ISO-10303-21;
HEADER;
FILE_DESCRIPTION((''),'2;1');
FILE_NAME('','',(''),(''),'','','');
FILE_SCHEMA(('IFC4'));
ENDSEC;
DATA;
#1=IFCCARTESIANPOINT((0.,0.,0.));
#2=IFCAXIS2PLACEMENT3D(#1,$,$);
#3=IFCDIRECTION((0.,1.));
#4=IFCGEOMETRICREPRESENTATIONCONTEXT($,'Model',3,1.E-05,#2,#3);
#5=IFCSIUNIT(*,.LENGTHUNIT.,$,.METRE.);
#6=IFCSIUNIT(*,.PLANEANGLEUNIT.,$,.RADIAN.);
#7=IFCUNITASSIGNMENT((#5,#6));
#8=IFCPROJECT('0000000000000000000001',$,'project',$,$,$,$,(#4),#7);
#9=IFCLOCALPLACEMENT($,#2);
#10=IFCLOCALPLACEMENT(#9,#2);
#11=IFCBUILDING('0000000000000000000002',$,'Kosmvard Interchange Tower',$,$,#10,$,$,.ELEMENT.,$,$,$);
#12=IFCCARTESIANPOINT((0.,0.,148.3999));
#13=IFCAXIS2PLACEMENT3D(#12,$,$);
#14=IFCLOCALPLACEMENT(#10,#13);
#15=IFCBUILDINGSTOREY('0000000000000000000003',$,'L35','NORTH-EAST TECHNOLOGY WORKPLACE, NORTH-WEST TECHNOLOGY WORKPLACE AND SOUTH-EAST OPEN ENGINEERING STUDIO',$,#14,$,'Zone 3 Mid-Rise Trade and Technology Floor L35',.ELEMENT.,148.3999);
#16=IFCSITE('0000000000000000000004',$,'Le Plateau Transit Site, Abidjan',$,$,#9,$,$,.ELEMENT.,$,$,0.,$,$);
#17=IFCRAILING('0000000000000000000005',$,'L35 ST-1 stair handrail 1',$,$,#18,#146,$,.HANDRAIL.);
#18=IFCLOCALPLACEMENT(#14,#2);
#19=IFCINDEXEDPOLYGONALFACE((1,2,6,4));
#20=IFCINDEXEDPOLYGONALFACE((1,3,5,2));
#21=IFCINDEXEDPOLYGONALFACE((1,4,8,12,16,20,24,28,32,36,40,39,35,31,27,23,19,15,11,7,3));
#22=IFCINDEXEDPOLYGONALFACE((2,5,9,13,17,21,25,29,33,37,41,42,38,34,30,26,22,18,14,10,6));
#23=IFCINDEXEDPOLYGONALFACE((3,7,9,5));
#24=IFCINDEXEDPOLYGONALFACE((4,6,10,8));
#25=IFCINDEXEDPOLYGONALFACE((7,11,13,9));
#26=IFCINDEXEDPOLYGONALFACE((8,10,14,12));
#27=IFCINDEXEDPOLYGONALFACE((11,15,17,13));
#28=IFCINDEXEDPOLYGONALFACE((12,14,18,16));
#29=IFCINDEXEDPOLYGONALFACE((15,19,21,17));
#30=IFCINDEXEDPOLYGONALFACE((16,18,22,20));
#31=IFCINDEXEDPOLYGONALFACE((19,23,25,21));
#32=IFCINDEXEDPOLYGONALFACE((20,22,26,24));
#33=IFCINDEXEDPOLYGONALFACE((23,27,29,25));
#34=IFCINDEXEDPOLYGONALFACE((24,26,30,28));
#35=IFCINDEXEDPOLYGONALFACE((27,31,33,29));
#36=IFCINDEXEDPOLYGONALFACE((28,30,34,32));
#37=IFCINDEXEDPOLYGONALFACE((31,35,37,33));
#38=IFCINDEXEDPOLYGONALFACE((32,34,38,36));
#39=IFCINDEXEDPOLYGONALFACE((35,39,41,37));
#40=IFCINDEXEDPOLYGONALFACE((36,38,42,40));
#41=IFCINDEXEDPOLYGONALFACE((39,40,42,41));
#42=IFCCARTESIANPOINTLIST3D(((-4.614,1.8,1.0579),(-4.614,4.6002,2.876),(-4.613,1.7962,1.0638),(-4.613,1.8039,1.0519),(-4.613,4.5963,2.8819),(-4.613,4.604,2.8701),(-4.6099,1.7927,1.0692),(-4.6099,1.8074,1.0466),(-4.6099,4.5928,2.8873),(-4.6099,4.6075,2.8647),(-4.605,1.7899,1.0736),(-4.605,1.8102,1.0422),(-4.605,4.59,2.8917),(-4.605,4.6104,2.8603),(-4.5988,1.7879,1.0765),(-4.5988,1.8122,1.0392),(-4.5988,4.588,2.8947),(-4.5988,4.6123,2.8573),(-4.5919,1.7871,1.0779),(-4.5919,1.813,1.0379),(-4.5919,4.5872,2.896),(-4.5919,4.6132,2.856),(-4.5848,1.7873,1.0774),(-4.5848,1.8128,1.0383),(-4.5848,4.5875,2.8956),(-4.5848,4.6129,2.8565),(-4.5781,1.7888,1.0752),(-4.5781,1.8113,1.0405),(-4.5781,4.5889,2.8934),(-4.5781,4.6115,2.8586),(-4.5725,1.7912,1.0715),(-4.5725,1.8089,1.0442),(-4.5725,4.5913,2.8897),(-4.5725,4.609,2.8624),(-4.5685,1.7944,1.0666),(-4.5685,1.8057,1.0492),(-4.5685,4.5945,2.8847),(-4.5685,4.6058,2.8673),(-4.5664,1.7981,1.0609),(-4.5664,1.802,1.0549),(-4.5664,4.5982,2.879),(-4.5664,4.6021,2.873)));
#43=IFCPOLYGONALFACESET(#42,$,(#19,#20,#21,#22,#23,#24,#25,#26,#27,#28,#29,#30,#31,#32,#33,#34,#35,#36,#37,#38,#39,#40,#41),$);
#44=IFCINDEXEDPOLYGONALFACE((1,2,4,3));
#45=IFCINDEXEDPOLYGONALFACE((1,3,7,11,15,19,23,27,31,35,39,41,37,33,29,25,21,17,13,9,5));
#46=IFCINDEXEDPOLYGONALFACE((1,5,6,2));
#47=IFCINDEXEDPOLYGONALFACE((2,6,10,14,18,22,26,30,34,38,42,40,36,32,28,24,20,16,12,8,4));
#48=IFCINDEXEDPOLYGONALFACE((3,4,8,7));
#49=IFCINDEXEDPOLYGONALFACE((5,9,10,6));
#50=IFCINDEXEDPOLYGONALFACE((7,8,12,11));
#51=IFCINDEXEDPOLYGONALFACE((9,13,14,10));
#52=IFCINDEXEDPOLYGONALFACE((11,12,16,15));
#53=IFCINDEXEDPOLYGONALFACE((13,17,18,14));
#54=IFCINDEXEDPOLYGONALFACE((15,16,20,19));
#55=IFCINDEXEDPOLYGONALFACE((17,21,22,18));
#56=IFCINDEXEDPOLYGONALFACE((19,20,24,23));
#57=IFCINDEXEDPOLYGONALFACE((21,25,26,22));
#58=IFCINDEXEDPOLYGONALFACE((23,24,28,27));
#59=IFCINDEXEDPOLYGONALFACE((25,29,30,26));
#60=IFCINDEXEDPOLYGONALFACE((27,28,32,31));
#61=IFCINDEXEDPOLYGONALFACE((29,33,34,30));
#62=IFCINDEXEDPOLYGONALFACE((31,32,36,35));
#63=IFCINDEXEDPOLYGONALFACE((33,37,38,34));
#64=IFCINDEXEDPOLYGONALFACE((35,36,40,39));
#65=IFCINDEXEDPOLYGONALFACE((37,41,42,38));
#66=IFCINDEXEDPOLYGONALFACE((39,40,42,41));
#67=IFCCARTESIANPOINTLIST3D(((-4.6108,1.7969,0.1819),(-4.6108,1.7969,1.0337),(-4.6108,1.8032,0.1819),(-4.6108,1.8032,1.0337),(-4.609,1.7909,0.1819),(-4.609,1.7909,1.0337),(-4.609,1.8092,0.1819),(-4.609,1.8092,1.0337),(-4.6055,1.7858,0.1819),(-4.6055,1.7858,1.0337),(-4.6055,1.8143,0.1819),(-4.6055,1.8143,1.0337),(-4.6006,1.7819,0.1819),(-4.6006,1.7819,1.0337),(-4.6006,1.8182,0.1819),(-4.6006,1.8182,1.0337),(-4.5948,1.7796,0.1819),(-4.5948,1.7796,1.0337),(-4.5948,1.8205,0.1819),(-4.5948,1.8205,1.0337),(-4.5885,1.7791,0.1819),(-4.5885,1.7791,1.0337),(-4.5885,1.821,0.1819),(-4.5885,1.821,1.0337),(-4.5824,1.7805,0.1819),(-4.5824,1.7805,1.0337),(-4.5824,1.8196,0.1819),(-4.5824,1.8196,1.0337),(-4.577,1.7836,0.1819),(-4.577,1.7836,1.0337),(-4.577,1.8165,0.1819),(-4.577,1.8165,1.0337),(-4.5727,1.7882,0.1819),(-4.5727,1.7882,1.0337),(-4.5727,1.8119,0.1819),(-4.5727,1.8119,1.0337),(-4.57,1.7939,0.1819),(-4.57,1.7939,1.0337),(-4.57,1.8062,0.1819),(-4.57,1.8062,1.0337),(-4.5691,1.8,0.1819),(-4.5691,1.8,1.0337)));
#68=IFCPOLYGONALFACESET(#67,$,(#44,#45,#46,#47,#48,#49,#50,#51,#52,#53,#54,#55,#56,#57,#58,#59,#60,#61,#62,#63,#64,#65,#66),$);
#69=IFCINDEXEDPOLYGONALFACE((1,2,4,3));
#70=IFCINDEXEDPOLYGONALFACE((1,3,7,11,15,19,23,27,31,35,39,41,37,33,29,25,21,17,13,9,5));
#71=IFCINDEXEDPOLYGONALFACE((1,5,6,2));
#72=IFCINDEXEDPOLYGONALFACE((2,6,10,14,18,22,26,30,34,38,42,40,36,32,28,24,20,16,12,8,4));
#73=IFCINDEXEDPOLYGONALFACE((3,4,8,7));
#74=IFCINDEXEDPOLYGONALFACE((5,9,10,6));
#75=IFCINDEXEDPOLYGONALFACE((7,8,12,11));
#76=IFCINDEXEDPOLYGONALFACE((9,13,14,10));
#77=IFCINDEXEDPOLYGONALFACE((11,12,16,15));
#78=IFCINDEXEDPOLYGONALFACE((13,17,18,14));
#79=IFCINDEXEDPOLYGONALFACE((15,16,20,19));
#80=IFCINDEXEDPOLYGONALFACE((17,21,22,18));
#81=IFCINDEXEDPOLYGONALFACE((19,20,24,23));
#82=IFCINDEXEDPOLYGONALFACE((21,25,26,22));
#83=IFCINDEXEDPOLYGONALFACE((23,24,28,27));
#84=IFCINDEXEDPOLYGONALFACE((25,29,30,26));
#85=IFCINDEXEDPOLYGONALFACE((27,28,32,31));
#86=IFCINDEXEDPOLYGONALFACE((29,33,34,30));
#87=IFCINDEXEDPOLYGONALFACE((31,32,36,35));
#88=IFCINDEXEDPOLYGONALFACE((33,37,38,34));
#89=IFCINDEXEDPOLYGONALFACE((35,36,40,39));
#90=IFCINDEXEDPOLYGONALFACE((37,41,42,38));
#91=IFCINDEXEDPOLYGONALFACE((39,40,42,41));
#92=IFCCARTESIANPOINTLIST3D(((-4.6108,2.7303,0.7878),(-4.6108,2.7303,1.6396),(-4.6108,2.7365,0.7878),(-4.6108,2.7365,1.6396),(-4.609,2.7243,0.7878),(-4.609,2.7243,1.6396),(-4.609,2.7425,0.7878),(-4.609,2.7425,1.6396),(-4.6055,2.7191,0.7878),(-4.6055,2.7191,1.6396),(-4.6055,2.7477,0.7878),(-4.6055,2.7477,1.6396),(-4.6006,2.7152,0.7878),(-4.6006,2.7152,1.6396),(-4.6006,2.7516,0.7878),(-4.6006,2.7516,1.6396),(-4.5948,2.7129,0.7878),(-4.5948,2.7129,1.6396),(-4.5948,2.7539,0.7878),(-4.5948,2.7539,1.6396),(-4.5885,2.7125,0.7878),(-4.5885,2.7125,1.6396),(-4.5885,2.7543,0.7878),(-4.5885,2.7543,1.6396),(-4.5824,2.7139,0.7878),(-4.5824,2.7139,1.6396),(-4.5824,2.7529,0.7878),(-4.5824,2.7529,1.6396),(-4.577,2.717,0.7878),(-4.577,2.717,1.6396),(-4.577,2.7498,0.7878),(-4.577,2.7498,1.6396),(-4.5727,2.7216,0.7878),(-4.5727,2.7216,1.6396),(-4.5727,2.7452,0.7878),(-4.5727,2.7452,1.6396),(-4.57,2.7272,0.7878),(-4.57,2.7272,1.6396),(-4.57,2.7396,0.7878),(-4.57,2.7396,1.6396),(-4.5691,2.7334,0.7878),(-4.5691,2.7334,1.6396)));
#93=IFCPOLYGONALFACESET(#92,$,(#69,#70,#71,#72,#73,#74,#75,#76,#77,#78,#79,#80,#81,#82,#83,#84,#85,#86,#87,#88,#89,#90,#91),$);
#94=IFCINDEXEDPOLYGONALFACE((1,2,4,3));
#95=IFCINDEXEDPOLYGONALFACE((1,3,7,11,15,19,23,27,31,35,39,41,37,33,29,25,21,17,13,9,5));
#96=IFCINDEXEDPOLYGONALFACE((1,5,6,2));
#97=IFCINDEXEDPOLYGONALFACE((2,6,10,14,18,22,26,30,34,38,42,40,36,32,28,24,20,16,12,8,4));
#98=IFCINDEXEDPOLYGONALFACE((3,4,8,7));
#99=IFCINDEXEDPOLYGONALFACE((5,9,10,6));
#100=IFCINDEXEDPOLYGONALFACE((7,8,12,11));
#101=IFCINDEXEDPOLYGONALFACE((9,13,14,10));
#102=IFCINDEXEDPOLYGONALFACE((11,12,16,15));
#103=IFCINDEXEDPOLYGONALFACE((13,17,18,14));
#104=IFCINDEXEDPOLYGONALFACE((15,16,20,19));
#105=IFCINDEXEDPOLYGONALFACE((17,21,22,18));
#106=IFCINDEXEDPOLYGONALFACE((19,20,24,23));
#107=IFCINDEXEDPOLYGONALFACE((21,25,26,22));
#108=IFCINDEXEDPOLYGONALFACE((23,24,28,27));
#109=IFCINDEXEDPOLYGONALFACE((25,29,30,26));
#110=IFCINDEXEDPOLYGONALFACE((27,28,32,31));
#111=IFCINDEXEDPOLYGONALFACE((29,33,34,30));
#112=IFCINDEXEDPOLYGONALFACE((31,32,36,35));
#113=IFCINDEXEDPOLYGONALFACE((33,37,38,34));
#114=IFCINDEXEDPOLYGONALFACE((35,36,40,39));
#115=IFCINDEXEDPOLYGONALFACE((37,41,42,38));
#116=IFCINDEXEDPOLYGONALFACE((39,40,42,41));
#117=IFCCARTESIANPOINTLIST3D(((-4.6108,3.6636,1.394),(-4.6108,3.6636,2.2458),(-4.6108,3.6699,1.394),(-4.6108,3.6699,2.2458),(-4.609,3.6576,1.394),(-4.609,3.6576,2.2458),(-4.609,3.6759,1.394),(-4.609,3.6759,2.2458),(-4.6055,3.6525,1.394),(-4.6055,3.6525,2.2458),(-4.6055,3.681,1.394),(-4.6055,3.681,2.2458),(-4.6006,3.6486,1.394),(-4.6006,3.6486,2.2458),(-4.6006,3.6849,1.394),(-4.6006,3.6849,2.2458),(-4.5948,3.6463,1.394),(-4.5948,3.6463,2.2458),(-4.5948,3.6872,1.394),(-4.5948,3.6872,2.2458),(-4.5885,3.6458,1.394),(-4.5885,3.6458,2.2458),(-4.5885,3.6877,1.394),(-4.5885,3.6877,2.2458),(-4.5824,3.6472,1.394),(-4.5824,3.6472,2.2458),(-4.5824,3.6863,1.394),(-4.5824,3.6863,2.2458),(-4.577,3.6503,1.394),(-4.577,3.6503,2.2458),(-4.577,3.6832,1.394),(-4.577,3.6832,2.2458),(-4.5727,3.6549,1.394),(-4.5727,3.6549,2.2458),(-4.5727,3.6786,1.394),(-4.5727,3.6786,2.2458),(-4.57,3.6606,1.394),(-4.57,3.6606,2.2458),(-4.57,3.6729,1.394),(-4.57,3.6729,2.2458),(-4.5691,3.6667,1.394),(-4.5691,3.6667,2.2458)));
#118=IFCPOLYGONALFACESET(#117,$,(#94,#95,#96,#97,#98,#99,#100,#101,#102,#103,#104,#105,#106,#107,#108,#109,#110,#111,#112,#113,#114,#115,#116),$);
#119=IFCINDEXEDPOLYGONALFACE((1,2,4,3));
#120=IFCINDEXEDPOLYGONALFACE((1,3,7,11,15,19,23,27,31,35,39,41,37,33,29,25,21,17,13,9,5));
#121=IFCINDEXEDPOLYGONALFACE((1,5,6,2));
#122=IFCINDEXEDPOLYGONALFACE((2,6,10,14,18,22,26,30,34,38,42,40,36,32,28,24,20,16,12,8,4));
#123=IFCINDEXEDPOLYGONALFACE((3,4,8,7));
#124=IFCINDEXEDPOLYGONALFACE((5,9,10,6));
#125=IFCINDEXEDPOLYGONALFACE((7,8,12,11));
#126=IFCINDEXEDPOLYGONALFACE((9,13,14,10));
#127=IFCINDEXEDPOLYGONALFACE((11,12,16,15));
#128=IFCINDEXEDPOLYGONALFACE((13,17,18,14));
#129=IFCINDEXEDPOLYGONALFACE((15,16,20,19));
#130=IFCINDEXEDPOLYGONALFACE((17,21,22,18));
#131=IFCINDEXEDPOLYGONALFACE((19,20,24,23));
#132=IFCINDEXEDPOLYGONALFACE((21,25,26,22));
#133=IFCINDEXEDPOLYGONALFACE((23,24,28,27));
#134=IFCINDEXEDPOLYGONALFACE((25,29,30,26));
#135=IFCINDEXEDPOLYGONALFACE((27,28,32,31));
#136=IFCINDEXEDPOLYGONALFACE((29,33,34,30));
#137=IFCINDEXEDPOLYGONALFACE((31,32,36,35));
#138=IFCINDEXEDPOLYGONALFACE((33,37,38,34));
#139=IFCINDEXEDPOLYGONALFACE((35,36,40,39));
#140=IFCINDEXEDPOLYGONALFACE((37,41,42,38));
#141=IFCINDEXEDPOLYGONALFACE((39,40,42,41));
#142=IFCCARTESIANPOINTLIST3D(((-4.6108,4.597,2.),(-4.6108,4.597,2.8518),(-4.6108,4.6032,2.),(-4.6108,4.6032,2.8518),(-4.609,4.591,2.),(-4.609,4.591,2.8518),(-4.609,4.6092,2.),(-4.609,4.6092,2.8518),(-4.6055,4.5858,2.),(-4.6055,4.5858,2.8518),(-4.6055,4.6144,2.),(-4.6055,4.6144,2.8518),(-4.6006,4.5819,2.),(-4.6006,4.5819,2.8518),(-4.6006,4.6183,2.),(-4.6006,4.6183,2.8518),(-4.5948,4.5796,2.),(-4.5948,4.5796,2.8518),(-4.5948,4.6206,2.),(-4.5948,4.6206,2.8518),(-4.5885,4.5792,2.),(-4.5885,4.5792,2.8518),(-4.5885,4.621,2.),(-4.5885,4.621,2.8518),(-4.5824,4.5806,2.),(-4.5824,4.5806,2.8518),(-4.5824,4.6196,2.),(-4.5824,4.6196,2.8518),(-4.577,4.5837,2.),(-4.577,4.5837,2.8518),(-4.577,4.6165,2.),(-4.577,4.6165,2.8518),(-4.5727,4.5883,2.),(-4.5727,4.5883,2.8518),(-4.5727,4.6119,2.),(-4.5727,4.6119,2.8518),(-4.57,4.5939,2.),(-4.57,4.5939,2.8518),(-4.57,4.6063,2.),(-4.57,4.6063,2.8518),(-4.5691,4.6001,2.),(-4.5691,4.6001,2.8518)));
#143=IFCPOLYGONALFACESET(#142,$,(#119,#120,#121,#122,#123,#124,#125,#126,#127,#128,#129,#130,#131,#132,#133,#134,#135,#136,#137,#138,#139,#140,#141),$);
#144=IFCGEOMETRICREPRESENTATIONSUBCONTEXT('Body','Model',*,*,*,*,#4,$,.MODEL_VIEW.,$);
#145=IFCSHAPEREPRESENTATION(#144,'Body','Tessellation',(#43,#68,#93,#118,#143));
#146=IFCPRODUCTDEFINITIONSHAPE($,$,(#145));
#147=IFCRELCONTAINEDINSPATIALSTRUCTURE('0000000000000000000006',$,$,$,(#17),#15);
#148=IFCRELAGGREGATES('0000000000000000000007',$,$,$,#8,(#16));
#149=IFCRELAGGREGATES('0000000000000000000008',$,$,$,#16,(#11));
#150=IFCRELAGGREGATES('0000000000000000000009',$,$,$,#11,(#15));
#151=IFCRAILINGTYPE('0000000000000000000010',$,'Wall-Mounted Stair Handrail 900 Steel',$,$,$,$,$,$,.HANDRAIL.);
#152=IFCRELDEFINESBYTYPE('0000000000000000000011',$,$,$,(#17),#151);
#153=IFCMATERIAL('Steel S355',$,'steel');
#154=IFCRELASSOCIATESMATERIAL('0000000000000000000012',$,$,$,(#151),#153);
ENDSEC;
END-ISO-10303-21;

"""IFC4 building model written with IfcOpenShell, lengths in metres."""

from ifc_helpers import new_model, si_unit, direction, frame, origin, origin_2d, place, context, subcontext, project, spatial, circle, extrude, source, transform, mapped, material, type_object, element, save


model = new_model("IFC4")

# Units and contexts
model_context = context("Model", 3, precision=1e-05, world=origin(), true_north=direction((0.0, 1.0)))
body_context = subcontext(model_context, "Body", "Model", "MODEL_VIEW")
ifc_project = project(units=[si_unit("LENGTHUNIT", "METRE"), si_unit("PLANEANGLEUNIT", "RADIAN")], contexts=[model_context])

# Site, building, storey
site_placement = place(None, origin())
site = spatial("IfcSite", under=ifc_project, at=site_placement, Name="Le Plateau Transit Site, Abidjan", CompositionType="ELEMENT", RefElevation=0.0)
building_placement = place(site_placement, origin())
building = spatial("IfcBuilding", under=site, at=building_placement, Name="Kosmvard Interchange Tower", CompositionType="ELEMENT")
storey_placement = place(building_placement, frame((0.0, 0.0, 148.3999)))
storey = spatial("IfcBuildingStorey", under=building, at=storey_placement, Name="L35", Description="NORTH-EAST TECHNOLOGY WORKPLACE, NORTH-WEST TECHNOLOGY WORKPLACE AND SOUTH-EAST OPEN ENGINEERING STUDIO", LongName="Zone 3 Mid-Rise Trade and Technology Floor L35", CompositionType="ELEMENT", Elevation=148.3999)

# Shared definitions
ifc_material_1 = material(Name="Steel S355", Category="steel")

# Railing
railing_type_1 = type_object("IfcRailingType", Name="Wall-Mounted Stair Handrail 900 Steel", PredefinedType="HANDRAIL", material=ifc_material_1)
shared_shape_1 = source(origin(), body_context, "Body", "SweptSolid", [
    extrude(circle(Radius=0.0239, at=origin_2d()), frame((0.0, 0.0, 0.876), z_axis=(0.0, 0.838706, 0.544585), x_axis=(-1.0, 0.0, 0.0)), (0.0, 0.0, 1.0), 3.3386),
    extrude(circle(Radius=0.021, at=origin_2d()), origin(), (0.0, 0.0, 1.0), 0.8518),
    extrude(circle(Radius=0.021, at=origin_2d()), frame((0.0, 0.9333, 0.606)), (0.0, 0.0, 1.0), 0.8518),
    extrude(circle(Radius=0.021, at=origin_2d()), frame((0.0, 1.8667, 1.2122)), (0.0, 0.0, 1.0), 0.8518),
    extrude(circle(Radius=0.021, at=origin_2d()), frame((0.0, 2.8, 1.8181)), (0.0, 0.0, 1.0), 0.8518),
])
railing_1_placement = place(storey_placement, frame((-4.5901, 1.8, 0.1819)))
element("IfcRailing", 1, at=railing_1_placement, inside=storey, type_object=railing_type_1, Name="L35 ST-1 stair handrail 1", PredefinedType="HANDRAIL", context=body_context, shape_type="MappedRepresentation", body=[
    mapped(shared_shape_1, transform((0.0, 0.0, 0.0), scale=1.0)),
])

save(model, "model.ifc")
